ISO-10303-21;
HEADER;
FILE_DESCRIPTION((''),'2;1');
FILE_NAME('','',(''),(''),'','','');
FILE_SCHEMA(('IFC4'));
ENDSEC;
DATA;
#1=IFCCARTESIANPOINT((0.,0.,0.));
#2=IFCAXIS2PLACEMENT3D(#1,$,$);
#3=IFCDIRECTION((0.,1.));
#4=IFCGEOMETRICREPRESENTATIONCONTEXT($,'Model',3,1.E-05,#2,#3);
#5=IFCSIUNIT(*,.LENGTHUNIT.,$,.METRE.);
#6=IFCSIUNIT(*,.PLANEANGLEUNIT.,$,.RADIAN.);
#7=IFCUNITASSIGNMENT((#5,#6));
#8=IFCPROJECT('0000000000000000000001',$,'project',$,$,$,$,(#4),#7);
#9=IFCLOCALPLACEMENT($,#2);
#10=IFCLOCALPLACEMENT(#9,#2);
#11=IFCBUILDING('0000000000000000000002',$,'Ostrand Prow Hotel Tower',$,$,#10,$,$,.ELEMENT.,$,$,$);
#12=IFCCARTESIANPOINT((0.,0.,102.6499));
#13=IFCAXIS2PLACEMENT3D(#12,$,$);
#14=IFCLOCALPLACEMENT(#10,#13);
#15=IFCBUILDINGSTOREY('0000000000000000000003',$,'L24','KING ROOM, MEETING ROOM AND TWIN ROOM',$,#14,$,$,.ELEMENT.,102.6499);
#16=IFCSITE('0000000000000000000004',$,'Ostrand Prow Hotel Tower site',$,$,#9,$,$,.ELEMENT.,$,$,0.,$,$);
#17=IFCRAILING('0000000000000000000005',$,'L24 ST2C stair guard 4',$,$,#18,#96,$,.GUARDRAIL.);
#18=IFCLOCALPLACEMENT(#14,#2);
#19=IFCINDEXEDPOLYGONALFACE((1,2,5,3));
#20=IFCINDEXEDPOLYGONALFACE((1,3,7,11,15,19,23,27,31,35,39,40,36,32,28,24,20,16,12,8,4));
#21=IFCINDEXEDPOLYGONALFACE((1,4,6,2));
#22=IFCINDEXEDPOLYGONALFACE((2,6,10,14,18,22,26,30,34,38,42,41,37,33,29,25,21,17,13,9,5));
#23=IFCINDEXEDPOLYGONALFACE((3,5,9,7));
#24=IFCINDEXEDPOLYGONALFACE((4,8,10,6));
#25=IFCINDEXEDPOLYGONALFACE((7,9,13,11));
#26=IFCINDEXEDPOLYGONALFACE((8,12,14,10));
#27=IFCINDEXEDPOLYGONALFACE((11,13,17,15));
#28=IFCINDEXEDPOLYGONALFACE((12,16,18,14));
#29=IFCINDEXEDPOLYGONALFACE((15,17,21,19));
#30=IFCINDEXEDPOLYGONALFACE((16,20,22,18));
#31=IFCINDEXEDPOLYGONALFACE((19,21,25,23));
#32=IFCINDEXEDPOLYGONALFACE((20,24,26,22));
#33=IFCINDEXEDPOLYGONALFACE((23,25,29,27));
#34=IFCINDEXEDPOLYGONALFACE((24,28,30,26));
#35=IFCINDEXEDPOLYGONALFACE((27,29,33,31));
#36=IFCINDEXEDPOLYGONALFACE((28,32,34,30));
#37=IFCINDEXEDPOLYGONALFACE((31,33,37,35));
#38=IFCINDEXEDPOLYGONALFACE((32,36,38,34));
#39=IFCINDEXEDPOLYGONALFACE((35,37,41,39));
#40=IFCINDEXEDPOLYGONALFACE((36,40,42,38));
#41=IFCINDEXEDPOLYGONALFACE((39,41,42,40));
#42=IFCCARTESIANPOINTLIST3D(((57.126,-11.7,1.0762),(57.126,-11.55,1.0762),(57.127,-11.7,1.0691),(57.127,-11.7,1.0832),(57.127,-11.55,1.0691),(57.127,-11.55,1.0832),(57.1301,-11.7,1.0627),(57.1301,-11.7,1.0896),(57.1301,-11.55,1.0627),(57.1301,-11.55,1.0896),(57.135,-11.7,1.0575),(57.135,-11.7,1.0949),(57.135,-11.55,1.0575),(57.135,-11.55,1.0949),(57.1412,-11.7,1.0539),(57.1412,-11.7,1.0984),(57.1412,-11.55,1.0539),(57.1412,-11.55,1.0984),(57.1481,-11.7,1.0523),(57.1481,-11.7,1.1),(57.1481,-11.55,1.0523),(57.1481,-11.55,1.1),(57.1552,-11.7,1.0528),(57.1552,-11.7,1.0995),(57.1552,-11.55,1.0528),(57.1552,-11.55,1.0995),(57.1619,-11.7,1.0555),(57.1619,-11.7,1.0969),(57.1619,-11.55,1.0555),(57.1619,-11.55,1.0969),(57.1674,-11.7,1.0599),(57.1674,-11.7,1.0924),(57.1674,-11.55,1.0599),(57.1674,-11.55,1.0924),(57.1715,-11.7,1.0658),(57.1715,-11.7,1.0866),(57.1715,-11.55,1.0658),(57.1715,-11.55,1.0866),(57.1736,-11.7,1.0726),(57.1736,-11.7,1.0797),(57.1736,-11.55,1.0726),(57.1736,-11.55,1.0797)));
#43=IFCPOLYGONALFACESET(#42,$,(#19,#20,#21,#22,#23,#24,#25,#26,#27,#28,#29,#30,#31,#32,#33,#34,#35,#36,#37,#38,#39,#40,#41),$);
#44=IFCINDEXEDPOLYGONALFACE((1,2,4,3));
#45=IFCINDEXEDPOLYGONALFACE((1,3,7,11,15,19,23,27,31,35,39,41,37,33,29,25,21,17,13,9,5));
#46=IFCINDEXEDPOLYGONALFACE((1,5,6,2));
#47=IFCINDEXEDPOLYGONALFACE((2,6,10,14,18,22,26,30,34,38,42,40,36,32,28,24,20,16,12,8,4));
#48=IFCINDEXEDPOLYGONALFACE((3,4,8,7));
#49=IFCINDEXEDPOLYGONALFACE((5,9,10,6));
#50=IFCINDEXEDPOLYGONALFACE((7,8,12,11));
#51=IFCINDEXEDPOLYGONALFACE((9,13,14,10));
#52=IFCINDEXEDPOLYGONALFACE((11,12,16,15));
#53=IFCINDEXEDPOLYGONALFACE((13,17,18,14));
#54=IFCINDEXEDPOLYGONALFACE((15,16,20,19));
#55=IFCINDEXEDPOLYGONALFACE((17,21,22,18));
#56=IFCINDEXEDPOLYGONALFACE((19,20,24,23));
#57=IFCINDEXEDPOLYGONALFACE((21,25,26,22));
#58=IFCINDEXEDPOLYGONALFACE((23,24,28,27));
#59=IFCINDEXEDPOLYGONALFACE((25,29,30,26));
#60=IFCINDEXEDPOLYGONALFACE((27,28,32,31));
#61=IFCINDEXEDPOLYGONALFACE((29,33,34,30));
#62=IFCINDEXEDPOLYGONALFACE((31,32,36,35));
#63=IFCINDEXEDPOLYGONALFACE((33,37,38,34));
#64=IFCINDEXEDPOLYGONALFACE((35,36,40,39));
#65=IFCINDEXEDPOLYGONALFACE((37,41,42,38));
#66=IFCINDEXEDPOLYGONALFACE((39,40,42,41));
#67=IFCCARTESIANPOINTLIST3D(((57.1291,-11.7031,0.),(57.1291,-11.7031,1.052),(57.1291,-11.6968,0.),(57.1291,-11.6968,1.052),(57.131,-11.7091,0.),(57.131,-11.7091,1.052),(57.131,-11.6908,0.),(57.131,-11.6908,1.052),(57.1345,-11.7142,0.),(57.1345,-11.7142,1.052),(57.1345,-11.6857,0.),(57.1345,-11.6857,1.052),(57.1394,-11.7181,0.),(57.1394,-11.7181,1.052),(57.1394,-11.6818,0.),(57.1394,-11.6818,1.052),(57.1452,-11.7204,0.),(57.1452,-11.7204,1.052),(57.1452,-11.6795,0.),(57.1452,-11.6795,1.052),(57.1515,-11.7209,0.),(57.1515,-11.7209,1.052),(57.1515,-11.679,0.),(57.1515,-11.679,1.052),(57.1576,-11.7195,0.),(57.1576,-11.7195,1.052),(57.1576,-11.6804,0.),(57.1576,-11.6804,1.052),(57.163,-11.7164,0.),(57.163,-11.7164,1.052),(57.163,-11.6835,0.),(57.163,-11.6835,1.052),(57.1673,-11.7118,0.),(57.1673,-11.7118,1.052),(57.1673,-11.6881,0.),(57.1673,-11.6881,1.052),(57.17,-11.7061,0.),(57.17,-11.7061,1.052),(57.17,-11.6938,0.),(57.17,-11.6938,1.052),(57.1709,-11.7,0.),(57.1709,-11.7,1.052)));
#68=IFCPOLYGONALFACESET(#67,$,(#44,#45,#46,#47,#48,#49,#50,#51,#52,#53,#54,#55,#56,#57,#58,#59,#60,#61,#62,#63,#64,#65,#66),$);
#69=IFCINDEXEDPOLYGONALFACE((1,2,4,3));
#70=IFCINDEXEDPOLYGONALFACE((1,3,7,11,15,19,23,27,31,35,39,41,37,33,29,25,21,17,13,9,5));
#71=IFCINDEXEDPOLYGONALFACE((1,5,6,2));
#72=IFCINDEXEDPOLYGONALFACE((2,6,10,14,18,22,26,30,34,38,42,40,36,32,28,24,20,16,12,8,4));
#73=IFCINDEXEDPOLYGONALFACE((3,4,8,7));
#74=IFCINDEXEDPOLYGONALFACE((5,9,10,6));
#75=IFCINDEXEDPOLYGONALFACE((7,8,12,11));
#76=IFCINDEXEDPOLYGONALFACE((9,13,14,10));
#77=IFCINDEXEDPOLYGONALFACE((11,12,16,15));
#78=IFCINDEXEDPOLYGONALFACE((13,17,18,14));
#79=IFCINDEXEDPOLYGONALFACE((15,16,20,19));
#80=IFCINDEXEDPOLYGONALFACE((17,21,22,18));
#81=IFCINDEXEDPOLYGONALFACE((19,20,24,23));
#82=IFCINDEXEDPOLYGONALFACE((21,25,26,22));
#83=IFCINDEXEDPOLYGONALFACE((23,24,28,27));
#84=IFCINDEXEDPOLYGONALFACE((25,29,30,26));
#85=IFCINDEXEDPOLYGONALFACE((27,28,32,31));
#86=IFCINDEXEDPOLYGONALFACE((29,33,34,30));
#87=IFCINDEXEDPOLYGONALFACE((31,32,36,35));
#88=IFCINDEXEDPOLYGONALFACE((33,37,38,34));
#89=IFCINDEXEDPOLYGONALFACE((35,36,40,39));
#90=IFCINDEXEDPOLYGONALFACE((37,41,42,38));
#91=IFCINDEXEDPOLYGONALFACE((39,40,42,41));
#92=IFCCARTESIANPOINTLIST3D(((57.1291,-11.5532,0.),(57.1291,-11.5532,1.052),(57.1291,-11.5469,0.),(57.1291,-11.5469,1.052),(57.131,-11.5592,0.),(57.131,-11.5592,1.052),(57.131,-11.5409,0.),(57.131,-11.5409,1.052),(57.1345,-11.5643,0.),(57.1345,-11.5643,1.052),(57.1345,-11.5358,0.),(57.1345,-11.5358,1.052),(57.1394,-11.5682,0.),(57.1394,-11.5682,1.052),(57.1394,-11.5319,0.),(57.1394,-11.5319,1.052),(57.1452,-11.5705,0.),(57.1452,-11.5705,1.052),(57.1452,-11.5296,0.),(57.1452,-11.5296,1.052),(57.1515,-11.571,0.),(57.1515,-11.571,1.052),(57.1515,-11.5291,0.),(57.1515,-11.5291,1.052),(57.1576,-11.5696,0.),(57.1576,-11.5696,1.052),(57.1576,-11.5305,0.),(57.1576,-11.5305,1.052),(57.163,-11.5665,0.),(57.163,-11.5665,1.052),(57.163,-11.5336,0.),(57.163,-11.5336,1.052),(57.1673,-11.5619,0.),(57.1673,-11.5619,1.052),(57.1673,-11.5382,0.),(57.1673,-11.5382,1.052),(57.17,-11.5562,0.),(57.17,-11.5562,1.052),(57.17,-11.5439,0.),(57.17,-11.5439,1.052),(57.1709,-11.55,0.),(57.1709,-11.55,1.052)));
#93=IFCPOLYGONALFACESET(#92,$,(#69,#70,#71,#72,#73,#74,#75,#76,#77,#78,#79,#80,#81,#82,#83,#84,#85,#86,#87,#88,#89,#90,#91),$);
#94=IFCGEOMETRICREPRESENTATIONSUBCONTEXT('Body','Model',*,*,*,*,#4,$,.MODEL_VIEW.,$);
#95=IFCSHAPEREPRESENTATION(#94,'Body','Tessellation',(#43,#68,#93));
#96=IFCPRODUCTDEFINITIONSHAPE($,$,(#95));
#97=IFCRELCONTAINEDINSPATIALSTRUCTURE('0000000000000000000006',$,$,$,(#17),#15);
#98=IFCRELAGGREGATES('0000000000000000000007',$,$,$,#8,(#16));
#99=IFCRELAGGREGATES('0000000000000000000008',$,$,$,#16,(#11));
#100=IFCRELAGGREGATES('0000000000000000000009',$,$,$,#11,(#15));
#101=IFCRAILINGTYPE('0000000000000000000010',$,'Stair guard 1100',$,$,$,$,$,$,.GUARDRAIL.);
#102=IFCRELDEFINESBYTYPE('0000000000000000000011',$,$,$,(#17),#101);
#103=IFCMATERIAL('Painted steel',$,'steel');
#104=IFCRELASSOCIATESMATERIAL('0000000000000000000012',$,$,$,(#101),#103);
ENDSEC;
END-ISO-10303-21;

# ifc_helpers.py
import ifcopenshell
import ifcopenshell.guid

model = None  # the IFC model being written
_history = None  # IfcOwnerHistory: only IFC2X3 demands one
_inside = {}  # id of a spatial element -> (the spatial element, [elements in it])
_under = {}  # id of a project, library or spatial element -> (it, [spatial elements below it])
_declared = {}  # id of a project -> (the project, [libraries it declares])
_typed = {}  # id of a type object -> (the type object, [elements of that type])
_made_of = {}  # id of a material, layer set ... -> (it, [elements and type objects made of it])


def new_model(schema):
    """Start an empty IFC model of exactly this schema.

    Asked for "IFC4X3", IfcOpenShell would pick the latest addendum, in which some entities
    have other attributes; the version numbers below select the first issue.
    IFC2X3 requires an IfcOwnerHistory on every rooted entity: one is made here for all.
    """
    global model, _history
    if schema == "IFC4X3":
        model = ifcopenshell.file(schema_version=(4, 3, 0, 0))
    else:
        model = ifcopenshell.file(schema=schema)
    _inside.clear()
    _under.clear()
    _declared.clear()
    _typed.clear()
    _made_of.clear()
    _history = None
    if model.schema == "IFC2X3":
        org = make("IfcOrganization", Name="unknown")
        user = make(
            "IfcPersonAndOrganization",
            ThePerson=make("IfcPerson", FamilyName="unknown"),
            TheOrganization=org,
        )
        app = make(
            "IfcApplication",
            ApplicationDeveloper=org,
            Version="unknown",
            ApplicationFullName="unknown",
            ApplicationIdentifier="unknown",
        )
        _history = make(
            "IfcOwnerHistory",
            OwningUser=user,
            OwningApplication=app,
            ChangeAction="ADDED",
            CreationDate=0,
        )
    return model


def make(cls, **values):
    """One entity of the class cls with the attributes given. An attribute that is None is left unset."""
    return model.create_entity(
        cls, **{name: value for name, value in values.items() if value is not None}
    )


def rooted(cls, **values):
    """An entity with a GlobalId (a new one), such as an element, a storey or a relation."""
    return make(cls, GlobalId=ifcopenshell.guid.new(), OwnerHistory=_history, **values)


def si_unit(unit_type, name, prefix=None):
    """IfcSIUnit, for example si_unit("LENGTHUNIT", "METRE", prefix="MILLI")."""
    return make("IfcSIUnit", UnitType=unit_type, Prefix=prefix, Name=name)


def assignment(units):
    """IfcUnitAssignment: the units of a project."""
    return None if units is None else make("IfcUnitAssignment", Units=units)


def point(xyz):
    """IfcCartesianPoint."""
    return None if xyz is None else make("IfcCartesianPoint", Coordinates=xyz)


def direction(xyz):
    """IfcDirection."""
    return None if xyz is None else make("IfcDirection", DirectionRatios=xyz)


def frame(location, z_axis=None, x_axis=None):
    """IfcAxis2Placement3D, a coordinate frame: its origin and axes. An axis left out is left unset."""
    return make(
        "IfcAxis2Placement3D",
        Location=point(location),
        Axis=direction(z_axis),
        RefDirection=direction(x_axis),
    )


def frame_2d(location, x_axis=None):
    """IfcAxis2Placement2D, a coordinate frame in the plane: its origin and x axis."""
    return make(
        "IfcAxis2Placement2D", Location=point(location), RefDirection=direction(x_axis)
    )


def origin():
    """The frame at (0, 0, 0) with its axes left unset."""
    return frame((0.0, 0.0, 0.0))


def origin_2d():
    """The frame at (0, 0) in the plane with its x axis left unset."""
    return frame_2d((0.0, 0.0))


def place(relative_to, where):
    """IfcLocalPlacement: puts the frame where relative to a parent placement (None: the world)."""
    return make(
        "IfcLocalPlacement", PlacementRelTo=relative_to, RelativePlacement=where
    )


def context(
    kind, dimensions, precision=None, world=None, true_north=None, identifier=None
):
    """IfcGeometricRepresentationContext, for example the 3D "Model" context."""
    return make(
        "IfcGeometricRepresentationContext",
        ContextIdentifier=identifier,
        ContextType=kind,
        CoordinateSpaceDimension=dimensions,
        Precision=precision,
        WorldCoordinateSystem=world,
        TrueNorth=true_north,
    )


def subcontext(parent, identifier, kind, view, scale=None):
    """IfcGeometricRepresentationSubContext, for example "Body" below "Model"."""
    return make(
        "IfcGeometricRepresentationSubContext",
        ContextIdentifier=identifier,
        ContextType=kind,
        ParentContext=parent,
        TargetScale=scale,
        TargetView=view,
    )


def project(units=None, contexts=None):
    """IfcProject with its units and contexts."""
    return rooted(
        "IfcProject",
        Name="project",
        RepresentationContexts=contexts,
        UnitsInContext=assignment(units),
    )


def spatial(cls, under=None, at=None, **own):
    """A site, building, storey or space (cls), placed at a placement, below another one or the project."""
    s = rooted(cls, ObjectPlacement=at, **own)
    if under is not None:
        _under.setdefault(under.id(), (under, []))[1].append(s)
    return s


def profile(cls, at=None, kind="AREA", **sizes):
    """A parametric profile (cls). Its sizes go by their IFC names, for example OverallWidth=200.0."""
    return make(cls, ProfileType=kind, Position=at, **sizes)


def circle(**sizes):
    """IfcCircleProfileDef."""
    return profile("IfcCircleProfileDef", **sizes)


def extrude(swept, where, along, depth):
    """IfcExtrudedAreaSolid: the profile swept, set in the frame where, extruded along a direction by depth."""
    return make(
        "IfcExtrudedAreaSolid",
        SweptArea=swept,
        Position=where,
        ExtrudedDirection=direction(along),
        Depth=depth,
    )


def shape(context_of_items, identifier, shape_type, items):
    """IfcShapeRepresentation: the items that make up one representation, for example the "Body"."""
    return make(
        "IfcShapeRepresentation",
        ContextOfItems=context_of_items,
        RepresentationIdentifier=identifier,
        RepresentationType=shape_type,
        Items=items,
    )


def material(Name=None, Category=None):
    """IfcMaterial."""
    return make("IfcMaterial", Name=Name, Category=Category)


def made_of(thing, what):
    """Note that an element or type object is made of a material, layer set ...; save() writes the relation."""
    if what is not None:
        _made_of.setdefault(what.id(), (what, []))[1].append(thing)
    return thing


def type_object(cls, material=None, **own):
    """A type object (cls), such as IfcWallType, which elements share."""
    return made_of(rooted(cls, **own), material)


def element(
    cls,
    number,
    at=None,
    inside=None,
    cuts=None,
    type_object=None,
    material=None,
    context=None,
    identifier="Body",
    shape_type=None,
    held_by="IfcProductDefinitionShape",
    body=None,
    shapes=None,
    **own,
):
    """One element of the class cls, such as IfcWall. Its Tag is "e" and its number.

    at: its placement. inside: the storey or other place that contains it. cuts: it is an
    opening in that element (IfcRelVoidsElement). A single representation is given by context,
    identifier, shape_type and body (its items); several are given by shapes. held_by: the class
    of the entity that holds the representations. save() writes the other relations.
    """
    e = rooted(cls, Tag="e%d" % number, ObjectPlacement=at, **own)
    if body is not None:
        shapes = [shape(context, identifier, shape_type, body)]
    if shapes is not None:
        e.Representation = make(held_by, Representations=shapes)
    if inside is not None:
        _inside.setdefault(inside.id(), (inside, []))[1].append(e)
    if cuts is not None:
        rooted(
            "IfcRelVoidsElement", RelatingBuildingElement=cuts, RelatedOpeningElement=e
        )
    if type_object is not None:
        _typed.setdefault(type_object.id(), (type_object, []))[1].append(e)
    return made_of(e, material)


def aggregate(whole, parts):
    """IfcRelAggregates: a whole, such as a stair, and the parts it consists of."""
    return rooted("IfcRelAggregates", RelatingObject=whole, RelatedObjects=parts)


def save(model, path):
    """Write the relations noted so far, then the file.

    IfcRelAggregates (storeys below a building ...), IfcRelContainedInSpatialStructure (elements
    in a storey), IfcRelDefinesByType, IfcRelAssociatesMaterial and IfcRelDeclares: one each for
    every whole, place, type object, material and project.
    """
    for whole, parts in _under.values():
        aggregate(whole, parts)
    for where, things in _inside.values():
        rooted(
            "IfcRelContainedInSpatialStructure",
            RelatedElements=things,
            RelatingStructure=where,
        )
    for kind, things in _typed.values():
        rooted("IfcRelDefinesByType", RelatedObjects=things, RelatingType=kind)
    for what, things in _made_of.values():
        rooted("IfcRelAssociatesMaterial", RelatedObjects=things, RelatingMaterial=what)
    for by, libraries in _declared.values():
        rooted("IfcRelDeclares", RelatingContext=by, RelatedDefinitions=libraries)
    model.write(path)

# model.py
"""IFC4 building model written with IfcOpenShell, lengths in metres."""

from ifc_helpers import new_model, si_unit, direction, frame, origin, origin_2d, place, context, subcontext, project, spatial, circle, extrude, material, type_object, element, save


model = new_model("IFC4")

# Units and contexts
model_context = context("Model", 3, precision=1e-05, world=origin(), true_north=direction((0.0, 1.0)))
body_context = subcontext(model_context, "Body", "Model", "MODEL_VIEW")
ifc_project = project(units=[si_unit("LENGTHUNIT", "METRE"), si_unit("PLANEANGLEUNIT", "RADIAN")], contexts=[model_context])

# Site, building, storey
site_placement = place(None, origin())
site = spatial("IfcSite", under=ifc_project, at=site_placement, Name="Ostrand Prow Hotel Tower site", CompositionType="ELEMENT", RefElevation=0.0)
building_placement = place(site_placement, origin())
building = spatial("IfcBuilding", under=site, at=building_placement, Name="Ostrand Prow Hotel Tower", CompositionType="ELEMENT")
storey_placement = place(building_placement, frame((0.0, 0.0, 102.6499)))
storey = spatial("IfcBuildingStorey", under=building, at=storey_placement, Name="L24", Description="KING ROOM, MEETING ROOM AND TWIN ROOM", CompositionType="ELEMENT", Elevation=102.6499)

# Railing
ifc_material_1 = material(Name="Painted steel", Category="steel")
railing_type_1 = type_object("IfcRailingType", Name="Stair guard 1100", PredefinedType="GUARDRAIL", material=ifc_material_1)
railing_1_placement = place(storey_placement, frame((57.1499, -11.7, 0.0)))
element("IfcRailing", 1, at=railing_1_placement, inside=storey, type_object=railing_type_1, Name="L24 ST2C stair guard 4", PredefinedType="GUARDRAIL", context=body_context, shape_type="SweptSolid", body=[
    extrude(circle(Radius=0.0239, at=origin_2d()), frame((0.0, 0.0, 1.0762), z_axis=(0.0, 1.0, 0.0), x_axis=(-1.0, 0.0, 0.0)), (0.0, 0.0, 1.0), 0.1499),
    extrude(circle(Radius=0.021, at=origin_2d()), origin(), (0.0, 0.0, 1.0), 1.052),
    extrude(circle(Radius=0.021, at=origin_2d()), frame((0.0, 0.1499, 0.0)), (0.0, 0.0, 1.0), 1.052),
])

save(model, "model.ifc")
